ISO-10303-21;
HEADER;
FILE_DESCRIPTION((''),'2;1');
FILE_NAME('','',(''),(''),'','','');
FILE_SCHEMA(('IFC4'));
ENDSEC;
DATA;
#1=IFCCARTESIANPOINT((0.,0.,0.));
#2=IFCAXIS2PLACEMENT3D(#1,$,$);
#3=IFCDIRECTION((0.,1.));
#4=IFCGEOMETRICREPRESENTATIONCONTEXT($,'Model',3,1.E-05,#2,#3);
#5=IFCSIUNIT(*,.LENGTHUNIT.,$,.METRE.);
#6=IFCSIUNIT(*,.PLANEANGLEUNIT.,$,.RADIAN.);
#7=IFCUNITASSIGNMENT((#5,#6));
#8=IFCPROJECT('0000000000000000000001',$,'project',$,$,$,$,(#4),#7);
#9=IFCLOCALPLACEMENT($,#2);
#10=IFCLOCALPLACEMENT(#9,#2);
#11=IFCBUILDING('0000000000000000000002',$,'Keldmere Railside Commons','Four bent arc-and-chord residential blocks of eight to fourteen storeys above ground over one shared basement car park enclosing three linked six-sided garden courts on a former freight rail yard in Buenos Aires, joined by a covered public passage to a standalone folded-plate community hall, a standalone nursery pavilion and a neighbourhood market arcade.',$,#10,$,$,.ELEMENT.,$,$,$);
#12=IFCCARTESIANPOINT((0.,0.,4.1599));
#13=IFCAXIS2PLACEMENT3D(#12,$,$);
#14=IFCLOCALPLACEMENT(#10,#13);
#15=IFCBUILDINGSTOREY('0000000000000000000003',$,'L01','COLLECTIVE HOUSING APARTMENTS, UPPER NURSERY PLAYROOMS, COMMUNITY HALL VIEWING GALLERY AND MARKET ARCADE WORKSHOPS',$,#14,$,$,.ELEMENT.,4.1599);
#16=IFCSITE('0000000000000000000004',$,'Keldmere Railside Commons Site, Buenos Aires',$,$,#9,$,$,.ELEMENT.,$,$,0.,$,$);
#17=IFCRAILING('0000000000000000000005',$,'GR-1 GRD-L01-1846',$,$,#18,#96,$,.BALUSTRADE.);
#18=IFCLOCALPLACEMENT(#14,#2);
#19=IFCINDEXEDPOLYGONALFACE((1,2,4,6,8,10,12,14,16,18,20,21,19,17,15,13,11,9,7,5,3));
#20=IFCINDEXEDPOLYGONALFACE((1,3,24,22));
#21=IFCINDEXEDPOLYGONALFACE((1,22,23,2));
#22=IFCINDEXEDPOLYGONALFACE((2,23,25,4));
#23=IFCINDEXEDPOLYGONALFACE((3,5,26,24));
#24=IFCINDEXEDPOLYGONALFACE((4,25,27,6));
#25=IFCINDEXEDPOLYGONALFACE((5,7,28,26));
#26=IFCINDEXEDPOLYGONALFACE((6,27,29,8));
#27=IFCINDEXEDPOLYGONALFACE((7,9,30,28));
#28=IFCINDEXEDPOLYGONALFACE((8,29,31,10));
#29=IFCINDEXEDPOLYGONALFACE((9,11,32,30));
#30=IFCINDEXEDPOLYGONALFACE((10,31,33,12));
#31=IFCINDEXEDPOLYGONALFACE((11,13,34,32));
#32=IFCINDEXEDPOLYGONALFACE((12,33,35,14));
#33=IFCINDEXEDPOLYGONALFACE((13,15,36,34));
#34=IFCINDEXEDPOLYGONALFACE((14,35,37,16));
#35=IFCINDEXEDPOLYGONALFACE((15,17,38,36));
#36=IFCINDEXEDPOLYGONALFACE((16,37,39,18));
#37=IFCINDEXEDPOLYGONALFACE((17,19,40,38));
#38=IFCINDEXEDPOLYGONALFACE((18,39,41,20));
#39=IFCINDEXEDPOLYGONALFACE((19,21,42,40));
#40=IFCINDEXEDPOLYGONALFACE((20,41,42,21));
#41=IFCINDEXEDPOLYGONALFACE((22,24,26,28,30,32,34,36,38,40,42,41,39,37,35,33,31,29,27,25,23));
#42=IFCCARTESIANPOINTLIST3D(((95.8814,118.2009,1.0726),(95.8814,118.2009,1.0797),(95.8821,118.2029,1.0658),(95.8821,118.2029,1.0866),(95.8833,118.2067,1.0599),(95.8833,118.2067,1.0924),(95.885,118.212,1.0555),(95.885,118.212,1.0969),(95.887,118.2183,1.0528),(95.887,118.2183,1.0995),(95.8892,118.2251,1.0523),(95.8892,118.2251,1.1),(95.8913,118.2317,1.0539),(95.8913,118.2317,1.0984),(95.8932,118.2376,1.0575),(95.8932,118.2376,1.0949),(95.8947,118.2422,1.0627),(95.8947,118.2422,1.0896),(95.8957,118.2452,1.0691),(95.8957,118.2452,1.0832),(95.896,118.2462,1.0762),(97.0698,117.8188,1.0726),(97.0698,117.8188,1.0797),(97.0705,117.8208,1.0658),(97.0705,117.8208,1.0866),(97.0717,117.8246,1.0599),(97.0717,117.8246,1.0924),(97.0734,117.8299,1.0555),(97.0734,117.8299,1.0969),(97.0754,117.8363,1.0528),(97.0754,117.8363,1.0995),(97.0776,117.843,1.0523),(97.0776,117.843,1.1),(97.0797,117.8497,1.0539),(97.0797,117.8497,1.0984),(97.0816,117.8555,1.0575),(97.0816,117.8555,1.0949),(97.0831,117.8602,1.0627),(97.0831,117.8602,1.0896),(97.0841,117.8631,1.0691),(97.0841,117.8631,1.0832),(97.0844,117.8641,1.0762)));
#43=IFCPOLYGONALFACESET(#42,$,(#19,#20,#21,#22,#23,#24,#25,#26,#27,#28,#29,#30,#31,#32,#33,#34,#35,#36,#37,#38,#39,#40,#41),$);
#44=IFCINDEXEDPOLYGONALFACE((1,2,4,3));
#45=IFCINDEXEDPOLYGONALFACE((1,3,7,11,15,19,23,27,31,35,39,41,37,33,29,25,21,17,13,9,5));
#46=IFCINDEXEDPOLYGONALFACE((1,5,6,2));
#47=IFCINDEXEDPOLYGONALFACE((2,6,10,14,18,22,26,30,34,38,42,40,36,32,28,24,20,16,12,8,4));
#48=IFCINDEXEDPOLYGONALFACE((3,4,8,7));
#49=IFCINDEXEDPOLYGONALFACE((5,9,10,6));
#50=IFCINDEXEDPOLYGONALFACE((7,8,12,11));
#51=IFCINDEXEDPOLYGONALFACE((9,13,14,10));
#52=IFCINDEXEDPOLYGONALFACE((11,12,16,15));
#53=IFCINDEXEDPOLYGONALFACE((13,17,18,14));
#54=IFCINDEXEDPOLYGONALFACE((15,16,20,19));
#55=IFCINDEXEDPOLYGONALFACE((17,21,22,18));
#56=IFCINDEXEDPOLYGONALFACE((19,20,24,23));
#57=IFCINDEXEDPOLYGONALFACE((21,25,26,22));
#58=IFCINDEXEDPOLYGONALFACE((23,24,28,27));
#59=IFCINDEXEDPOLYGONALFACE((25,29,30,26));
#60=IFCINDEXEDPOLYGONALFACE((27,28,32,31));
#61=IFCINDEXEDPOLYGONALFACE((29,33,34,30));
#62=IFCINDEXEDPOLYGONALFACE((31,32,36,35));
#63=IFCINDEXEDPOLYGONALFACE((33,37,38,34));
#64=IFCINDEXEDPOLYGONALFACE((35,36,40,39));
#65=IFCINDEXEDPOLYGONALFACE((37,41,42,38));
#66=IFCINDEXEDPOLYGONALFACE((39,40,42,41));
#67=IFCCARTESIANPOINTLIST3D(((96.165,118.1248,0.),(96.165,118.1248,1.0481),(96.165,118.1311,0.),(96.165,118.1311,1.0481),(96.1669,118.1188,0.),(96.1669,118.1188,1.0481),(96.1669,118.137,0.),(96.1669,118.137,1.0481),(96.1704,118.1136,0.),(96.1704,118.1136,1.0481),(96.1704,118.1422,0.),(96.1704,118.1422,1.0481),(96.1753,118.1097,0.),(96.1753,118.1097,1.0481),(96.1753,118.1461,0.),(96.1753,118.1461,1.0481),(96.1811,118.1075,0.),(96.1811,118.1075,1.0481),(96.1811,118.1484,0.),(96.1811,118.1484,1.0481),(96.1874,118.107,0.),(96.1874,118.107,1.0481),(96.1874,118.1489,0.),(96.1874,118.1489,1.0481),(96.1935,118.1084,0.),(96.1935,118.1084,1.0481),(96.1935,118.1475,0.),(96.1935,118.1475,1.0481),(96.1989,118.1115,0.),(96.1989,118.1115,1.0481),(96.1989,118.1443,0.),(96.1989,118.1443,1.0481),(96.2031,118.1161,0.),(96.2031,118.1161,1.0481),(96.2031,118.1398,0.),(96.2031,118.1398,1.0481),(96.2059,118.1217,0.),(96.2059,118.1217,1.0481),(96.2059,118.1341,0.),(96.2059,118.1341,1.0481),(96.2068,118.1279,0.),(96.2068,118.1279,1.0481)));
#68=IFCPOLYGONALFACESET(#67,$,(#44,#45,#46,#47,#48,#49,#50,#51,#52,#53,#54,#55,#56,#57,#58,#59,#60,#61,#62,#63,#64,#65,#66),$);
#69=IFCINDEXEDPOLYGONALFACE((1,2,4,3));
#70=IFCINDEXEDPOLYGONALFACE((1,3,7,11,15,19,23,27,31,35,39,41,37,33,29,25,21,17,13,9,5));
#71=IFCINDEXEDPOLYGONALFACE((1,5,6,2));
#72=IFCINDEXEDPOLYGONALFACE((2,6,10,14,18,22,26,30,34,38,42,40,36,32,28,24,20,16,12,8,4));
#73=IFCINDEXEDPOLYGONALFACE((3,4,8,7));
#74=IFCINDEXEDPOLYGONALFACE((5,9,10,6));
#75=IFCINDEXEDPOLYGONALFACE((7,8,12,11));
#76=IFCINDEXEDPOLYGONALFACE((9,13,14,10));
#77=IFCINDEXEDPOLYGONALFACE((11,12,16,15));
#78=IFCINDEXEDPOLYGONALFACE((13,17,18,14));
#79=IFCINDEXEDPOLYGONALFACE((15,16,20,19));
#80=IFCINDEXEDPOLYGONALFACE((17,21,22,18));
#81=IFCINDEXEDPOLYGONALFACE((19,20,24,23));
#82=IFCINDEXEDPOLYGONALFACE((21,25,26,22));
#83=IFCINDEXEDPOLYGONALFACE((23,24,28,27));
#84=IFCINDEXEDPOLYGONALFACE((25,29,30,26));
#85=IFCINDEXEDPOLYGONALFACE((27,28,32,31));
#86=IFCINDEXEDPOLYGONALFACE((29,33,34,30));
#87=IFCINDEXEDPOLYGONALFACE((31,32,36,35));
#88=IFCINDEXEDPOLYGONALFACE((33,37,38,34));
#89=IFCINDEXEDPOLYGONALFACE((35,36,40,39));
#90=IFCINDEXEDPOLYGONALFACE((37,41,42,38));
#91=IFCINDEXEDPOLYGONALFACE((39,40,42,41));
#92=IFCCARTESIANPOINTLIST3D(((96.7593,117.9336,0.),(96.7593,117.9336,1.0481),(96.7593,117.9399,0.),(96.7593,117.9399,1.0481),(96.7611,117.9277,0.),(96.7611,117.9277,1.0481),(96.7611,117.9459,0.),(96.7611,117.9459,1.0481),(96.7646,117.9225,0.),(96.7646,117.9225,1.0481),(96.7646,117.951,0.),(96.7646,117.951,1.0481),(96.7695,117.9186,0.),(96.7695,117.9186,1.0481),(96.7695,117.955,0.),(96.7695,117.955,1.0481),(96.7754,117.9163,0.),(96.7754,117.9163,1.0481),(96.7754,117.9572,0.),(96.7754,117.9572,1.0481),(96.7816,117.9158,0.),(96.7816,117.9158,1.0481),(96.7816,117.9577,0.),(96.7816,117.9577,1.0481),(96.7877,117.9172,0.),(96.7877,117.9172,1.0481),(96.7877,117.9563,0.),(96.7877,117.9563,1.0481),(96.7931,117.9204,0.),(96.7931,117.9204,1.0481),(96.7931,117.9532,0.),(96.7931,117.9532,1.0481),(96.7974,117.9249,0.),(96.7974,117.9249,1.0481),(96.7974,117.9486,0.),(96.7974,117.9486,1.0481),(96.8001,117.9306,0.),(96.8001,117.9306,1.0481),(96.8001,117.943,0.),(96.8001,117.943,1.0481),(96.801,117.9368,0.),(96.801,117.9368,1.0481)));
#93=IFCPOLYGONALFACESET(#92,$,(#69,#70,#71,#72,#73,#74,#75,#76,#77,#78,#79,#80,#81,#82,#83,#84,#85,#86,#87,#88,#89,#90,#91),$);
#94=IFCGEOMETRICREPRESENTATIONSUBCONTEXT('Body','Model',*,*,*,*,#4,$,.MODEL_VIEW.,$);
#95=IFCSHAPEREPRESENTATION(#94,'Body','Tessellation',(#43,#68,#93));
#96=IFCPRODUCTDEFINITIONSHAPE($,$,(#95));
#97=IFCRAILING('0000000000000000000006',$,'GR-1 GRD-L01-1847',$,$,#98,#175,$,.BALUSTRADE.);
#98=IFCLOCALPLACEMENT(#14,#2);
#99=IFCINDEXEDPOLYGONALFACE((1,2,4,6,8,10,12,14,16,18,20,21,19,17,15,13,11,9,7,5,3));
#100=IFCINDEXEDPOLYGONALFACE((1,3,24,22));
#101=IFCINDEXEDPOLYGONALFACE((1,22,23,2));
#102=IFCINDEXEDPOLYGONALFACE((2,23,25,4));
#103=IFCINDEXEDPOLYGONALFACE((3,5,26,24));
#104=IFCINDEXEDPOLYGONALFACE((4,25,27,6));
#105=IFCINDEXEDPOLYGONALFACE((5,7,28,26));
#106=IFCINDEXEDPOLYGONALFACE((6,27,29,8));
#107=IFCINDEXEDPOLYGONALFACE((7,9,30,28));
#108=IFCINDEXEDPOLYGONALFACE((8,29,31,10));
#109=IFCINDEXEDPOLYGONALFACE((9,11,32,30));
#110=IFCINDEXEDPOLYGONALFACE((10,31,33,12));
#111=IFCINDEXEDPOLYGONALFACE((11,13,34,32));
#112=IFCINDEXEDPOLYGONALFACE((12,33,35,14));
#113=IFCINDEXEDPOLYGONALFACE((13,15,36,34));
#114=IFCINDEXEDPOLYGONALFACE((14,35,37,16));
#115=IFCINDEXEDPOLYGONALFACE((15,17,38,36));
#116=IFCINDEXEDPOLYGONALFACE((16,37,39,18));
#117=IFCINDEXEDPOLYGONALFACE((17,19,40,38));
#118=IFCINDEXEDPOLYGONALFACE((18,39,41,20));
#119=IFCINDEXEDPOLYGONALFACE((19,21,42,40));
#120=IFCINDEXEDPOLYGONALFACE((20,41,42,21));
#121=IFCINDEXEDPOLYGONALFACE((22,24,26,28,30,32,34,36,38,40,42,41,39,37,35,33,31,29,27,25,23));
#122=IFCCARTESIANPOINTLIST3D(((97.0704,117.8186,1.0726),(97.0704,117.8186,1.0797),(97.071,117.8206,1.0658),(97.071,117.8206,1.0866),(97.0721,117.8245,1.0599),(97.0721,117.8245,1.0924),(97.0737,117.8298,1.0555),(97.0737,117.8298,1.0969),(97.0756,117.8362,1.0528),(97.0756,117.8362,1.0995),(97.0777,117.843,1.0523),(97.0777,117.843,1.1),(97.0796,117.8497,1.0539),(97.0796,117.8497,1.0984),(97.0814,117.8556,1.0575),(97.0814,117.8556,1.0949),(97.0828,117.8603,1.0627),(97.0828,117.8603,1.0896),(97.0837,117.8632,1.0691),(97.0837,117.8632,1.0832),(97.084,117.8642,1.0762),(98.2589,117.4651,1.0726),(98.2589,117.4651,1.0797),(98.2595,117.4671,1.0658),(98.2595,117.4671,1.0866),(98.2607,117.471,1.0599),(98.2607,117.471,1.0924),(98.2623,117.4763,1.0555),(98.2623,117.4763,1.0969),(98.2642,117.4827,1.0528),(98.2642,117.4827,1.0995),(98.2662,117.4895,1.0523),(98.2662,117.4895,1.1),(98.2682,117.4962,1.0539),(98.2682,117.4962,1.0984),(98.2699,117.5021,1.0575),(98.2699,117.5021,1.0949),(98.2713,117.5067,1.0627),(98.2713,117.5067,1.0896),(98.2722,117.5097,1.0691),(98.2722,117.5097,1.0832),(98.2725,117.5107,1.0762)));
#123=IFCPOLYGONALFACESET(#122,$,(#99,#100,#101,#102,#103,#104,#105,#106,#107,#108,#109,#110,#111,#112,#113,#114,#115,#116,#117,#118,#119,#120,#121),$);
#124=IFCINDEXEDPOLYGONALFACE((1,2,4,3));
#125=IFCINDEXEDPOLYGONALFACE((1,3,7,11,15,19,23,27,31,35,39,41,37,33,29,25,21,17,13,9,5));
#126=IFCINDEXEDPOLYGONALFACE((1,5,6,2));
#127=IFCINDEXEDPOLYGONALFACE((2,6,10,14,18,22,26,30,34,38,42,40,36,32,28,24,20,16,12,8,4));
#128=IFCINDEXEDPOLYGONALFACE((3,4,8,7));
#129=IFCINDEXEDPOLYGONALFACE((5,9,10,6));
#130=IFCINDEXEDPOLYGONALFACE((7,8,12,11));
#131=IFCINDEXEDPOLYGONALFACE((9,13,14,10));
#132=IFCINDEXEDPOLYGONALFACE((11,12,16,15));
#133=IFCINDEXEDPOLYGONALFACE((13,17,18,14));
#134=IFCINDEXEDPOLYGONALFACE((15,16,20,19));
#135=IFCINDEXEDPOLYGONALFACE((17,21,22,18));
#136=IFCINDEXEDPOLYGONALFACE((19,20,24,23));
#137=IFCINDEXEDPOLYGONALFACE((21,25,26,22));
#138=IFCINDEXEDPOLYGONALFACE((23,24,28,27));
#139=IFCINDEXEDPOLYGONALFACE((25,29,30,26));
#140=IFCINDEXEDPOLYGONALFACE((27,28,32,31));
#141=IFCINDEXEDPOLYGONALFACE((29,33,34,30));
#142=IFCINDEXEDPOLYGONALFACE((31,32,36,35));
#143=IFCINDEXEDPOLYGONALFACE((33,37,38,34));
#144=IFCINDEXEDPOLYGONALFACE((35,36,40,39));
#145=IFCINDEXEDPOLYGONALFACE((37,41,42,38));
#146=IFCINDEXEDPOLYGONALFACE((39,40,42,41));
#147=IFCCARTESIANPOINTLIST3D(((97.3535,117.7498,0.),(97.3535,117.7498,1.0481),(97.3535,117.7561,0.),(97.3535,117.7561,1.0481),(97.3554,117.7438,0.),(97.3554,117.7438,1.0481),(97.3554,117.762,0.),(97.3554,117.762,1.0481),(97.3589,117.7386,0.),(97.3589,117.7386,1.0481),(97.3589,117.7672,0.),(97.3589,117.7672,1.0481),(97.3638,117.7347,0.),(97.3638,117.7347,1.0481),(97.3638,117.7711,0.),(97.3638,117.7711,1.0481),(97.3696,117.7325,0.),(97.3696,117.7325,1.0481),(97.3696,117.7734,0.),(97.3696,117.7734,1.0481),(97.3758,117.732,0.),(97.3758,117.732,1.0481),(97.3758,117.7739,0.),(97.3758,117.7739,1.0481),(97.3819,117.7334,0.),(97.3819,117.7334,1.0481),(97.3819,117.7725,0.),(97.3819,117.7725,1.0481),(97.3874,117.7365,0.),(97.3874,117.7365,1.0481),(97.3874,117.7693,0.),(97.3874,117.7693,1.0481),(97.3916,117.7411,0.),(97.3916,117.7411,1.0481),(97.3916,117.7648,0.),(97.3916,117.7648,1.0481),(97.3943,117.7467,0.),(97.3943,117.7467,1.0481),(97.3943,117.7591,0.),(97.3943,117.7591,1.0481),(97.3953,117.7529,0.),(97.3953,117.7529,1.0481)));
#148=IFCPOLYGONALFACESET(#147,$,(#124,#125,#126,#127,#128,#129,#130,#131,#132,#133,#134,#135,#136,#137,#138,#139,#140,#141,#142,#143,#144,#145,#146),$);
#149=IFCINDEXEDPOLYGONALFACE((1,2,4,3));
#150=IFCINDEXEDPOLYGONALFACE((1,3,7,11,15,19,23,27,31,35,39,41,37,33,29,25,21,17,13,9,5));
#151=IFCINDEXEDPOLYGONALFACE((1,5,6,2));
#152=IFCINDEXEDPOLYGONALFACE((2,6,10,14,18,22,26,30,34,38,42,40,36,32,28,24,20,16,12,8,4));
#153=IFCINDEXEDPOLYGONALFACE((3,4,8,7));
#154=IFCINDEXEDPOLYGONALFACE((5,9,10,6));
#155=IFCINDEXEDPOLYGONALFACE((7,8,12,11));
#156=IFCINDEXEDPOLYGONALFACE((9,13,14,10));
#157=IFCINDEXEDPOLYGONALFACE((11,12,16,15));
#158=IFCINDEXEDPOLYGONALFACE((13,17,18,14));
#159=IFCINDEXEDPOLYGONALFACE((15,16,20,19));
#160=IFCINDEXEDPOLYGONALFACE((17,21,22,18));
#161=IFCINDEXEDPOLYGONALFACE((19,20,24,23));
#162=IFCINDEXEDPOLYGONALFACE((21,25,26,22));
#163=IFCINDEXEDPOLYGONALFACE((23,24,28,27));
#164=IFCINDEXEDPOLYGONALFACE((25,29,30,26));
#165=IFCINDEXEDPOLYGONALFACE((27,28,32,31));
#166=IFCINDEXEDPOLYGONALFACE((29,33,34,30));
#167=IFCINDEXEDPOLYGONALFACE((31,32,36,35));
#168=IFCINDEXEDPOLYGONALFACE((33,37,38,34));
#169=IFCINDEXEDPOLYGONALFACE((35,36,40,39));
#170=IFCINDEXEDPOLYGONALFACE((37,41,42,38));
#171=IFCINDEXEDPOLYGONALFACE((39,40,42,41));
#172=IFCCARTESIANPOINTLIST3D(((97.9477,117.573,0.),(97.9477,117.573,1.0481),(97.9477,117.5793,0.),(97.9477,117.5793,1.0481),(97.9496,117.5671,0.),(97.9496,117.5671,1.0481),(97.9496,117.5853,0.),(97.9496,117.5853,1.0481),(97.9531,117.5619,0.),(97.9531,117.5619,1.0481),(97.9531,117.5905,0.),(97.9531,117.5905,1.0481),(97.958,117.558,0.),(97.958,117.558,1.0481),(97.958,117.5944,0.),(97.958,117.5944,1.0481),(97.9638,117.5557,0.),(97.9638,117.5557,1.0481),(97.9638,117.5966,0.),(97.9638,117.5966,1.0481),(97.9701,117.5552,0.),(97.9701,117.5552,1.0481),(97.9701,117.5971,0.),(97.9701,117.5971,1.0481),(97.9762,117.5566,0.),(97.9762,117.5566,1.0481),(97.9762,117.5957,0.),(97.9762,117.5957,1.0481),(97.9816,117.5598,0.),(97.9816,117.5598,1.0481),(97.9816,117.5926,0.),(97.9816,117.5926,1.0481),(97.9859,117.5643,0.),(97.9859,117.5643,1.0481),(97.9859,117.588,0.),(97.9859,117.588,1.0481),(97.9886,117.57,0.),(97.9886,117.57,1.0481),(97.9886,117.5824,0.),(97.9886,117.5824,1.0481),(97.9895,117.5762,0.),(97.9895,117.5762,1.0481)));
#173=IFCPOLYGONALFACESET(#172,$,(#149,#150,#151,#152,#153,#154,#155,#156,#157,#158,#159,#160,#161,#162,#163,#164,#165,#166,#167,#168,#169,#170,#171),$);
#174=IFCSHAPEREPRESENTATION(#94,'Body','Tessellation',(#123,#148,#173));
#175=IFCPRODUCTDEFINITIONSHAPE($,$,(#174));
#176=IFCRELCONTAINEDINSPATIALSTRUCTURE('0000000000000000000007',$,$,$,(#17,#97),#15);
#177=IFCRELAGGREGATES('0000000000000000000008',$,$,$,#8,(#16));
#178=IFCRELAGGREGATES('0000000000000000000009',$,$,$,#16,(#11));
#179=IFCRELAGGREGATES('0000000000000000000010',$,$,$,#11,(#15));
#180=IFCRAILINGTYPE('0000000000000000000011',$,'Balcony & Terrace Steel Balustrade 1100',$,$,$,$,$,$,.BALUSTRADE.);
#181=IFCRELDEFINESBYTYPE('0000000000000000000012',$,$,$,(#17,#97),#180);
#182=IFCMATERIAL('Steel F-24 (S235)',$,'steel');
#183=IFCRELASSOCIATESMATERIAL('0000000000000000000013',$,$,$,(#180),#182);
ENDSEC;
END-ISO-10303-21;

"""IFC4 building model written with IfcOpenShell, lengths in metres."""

from ifc_helpers import new_model, si_unit, direction, frame, origin, origin_2d, place, context, subcontext, project, spatial, circle, extrude, material, type_object, element, save


model = new_model("IFC4")

# Units and contexts
model_context = context("Model", 3, precision=1e-05, world=origin(), true_north=direction((0.0, 1.0)))
body_context = subcontext(model_context, "Body", "Model", "MODEL_VIEW")
ifc_project = project(units=[si_unit("LENGTHUNIT", "METRE"), si_unit("PLANEANGLEUNIT", "RADIAN")], contexts=[model_context])

# Site, building, storey
site_placement = place(None, origin())
site = spatial("IfcSite", under=ifc_project, at=site_placement, Name="Keldmere Railside Commons Site, Buenos Aires", CompositionType="ELEMENT", RefElevation=0.0)
building_placement = place(site_placement, origin())
building = spatial("IfcBuilding", under=site, at=building_placement, Name="Keldmere Railside Commons", Description="Four bent arc-and-chord residential blocks of eight to fourteen storeys above ground over one shared basement car park enclosing three linked six-sided garden courts on a former freight rail yard in Buenos Aires, joined by a covered public passage to a standalone folded-plate community hall, a standalone nursery pavilion and a neighbourhood market arcade.", CompositionType="ELEMENT")
storey_placement = place(building_placement, frame((0.0, 0.0, 4.1599)))
storey = spatial("IfcBuildingStorey", under=building, at=storey_placement, Name="L01", Description="COLLECTIVE HOUSING APARTMENTS, UPPER NURSERY PLAYROOMS, COMMUNITY HALL VIEWING GALLERY AND MARKET ARCADE WORKSHOPS", CompositionType="ELEMENT", Elevation=4.1599)

# Railings
ifc_material_1 = material(Name="Steel F-24 (S235)", Category="steel")
railing_type = type_object("IfcRailingType", Name="Balcony & Terrace Steel Balustrade 1100", PredefinedType="BALUSTRADE", material=ifc_material_1)
railing_1_placement = place(storey_placement, frame((95.8887, 118.2234, 0.0)))
element("IfcRailing", 1, at=railing_1_placement, inside=storey, type_object=railing_type, Name="GR-1 GRD-L01-1846", PredefinedType="BALUSTRADE", context=body_context, shape_type="SweptSolid", body=[
    extrude(circle(Radius=0.0239, at=origin_2d()), frame((0.0, 0.0, 1.0762), z_axis=(0.952012, -0.30606, 0.0), x_axis=(0.30606, 0.952012, 0.0)), (0.0, 0.0, 1.0), 1.2483),
    extrude(circle(Radius=0.021, at=origin_2d()), frame((0.2971, -0.0955, 0.0)), (0.0, 0.0, 1.0), 1.0481),
    extrude(circle(Radius=0.021, at=origin_2d()), frame((0.8914, -0.2866, 0.0)), (0.0, 0.0, 1.0), 1.0481),
])
railing_2_placement = place(storey_placement, frame((97.0771, 117.8413, 0.0)))
element("IfcRailing", 2, at=railing_2_placement, inside=storey, type_object=railing_type, Name="GR-1 GRD-L01-1847", PredefinedType="BALUSTRADE", context=body_context, shape_type="SweptSolid", body=[
    extrude(circle(Radius=0.0239, at=origin_2d()), frame((0.0, 0.0, 1.0762), z_axis=(0.958496, -0.285107, 0.0), x_axis=(0.285107, 0.958496, 0.0)), (0.0, 0.0, 1.0), 1.24),
    extrude(circle(Radius=0.021, at=origin_2d()), frame((0.2971, -0.0884, 0.0)), (0.0, 0.0, 1.0), 1.0481),
    extrude(circle(Radius=0.021, at=origin_2d()), frame((0.8914, -0.2651, 0.0)), (0.0, 0.0, 1.0), 1.0481),
])

save(model, "model.ifc")
